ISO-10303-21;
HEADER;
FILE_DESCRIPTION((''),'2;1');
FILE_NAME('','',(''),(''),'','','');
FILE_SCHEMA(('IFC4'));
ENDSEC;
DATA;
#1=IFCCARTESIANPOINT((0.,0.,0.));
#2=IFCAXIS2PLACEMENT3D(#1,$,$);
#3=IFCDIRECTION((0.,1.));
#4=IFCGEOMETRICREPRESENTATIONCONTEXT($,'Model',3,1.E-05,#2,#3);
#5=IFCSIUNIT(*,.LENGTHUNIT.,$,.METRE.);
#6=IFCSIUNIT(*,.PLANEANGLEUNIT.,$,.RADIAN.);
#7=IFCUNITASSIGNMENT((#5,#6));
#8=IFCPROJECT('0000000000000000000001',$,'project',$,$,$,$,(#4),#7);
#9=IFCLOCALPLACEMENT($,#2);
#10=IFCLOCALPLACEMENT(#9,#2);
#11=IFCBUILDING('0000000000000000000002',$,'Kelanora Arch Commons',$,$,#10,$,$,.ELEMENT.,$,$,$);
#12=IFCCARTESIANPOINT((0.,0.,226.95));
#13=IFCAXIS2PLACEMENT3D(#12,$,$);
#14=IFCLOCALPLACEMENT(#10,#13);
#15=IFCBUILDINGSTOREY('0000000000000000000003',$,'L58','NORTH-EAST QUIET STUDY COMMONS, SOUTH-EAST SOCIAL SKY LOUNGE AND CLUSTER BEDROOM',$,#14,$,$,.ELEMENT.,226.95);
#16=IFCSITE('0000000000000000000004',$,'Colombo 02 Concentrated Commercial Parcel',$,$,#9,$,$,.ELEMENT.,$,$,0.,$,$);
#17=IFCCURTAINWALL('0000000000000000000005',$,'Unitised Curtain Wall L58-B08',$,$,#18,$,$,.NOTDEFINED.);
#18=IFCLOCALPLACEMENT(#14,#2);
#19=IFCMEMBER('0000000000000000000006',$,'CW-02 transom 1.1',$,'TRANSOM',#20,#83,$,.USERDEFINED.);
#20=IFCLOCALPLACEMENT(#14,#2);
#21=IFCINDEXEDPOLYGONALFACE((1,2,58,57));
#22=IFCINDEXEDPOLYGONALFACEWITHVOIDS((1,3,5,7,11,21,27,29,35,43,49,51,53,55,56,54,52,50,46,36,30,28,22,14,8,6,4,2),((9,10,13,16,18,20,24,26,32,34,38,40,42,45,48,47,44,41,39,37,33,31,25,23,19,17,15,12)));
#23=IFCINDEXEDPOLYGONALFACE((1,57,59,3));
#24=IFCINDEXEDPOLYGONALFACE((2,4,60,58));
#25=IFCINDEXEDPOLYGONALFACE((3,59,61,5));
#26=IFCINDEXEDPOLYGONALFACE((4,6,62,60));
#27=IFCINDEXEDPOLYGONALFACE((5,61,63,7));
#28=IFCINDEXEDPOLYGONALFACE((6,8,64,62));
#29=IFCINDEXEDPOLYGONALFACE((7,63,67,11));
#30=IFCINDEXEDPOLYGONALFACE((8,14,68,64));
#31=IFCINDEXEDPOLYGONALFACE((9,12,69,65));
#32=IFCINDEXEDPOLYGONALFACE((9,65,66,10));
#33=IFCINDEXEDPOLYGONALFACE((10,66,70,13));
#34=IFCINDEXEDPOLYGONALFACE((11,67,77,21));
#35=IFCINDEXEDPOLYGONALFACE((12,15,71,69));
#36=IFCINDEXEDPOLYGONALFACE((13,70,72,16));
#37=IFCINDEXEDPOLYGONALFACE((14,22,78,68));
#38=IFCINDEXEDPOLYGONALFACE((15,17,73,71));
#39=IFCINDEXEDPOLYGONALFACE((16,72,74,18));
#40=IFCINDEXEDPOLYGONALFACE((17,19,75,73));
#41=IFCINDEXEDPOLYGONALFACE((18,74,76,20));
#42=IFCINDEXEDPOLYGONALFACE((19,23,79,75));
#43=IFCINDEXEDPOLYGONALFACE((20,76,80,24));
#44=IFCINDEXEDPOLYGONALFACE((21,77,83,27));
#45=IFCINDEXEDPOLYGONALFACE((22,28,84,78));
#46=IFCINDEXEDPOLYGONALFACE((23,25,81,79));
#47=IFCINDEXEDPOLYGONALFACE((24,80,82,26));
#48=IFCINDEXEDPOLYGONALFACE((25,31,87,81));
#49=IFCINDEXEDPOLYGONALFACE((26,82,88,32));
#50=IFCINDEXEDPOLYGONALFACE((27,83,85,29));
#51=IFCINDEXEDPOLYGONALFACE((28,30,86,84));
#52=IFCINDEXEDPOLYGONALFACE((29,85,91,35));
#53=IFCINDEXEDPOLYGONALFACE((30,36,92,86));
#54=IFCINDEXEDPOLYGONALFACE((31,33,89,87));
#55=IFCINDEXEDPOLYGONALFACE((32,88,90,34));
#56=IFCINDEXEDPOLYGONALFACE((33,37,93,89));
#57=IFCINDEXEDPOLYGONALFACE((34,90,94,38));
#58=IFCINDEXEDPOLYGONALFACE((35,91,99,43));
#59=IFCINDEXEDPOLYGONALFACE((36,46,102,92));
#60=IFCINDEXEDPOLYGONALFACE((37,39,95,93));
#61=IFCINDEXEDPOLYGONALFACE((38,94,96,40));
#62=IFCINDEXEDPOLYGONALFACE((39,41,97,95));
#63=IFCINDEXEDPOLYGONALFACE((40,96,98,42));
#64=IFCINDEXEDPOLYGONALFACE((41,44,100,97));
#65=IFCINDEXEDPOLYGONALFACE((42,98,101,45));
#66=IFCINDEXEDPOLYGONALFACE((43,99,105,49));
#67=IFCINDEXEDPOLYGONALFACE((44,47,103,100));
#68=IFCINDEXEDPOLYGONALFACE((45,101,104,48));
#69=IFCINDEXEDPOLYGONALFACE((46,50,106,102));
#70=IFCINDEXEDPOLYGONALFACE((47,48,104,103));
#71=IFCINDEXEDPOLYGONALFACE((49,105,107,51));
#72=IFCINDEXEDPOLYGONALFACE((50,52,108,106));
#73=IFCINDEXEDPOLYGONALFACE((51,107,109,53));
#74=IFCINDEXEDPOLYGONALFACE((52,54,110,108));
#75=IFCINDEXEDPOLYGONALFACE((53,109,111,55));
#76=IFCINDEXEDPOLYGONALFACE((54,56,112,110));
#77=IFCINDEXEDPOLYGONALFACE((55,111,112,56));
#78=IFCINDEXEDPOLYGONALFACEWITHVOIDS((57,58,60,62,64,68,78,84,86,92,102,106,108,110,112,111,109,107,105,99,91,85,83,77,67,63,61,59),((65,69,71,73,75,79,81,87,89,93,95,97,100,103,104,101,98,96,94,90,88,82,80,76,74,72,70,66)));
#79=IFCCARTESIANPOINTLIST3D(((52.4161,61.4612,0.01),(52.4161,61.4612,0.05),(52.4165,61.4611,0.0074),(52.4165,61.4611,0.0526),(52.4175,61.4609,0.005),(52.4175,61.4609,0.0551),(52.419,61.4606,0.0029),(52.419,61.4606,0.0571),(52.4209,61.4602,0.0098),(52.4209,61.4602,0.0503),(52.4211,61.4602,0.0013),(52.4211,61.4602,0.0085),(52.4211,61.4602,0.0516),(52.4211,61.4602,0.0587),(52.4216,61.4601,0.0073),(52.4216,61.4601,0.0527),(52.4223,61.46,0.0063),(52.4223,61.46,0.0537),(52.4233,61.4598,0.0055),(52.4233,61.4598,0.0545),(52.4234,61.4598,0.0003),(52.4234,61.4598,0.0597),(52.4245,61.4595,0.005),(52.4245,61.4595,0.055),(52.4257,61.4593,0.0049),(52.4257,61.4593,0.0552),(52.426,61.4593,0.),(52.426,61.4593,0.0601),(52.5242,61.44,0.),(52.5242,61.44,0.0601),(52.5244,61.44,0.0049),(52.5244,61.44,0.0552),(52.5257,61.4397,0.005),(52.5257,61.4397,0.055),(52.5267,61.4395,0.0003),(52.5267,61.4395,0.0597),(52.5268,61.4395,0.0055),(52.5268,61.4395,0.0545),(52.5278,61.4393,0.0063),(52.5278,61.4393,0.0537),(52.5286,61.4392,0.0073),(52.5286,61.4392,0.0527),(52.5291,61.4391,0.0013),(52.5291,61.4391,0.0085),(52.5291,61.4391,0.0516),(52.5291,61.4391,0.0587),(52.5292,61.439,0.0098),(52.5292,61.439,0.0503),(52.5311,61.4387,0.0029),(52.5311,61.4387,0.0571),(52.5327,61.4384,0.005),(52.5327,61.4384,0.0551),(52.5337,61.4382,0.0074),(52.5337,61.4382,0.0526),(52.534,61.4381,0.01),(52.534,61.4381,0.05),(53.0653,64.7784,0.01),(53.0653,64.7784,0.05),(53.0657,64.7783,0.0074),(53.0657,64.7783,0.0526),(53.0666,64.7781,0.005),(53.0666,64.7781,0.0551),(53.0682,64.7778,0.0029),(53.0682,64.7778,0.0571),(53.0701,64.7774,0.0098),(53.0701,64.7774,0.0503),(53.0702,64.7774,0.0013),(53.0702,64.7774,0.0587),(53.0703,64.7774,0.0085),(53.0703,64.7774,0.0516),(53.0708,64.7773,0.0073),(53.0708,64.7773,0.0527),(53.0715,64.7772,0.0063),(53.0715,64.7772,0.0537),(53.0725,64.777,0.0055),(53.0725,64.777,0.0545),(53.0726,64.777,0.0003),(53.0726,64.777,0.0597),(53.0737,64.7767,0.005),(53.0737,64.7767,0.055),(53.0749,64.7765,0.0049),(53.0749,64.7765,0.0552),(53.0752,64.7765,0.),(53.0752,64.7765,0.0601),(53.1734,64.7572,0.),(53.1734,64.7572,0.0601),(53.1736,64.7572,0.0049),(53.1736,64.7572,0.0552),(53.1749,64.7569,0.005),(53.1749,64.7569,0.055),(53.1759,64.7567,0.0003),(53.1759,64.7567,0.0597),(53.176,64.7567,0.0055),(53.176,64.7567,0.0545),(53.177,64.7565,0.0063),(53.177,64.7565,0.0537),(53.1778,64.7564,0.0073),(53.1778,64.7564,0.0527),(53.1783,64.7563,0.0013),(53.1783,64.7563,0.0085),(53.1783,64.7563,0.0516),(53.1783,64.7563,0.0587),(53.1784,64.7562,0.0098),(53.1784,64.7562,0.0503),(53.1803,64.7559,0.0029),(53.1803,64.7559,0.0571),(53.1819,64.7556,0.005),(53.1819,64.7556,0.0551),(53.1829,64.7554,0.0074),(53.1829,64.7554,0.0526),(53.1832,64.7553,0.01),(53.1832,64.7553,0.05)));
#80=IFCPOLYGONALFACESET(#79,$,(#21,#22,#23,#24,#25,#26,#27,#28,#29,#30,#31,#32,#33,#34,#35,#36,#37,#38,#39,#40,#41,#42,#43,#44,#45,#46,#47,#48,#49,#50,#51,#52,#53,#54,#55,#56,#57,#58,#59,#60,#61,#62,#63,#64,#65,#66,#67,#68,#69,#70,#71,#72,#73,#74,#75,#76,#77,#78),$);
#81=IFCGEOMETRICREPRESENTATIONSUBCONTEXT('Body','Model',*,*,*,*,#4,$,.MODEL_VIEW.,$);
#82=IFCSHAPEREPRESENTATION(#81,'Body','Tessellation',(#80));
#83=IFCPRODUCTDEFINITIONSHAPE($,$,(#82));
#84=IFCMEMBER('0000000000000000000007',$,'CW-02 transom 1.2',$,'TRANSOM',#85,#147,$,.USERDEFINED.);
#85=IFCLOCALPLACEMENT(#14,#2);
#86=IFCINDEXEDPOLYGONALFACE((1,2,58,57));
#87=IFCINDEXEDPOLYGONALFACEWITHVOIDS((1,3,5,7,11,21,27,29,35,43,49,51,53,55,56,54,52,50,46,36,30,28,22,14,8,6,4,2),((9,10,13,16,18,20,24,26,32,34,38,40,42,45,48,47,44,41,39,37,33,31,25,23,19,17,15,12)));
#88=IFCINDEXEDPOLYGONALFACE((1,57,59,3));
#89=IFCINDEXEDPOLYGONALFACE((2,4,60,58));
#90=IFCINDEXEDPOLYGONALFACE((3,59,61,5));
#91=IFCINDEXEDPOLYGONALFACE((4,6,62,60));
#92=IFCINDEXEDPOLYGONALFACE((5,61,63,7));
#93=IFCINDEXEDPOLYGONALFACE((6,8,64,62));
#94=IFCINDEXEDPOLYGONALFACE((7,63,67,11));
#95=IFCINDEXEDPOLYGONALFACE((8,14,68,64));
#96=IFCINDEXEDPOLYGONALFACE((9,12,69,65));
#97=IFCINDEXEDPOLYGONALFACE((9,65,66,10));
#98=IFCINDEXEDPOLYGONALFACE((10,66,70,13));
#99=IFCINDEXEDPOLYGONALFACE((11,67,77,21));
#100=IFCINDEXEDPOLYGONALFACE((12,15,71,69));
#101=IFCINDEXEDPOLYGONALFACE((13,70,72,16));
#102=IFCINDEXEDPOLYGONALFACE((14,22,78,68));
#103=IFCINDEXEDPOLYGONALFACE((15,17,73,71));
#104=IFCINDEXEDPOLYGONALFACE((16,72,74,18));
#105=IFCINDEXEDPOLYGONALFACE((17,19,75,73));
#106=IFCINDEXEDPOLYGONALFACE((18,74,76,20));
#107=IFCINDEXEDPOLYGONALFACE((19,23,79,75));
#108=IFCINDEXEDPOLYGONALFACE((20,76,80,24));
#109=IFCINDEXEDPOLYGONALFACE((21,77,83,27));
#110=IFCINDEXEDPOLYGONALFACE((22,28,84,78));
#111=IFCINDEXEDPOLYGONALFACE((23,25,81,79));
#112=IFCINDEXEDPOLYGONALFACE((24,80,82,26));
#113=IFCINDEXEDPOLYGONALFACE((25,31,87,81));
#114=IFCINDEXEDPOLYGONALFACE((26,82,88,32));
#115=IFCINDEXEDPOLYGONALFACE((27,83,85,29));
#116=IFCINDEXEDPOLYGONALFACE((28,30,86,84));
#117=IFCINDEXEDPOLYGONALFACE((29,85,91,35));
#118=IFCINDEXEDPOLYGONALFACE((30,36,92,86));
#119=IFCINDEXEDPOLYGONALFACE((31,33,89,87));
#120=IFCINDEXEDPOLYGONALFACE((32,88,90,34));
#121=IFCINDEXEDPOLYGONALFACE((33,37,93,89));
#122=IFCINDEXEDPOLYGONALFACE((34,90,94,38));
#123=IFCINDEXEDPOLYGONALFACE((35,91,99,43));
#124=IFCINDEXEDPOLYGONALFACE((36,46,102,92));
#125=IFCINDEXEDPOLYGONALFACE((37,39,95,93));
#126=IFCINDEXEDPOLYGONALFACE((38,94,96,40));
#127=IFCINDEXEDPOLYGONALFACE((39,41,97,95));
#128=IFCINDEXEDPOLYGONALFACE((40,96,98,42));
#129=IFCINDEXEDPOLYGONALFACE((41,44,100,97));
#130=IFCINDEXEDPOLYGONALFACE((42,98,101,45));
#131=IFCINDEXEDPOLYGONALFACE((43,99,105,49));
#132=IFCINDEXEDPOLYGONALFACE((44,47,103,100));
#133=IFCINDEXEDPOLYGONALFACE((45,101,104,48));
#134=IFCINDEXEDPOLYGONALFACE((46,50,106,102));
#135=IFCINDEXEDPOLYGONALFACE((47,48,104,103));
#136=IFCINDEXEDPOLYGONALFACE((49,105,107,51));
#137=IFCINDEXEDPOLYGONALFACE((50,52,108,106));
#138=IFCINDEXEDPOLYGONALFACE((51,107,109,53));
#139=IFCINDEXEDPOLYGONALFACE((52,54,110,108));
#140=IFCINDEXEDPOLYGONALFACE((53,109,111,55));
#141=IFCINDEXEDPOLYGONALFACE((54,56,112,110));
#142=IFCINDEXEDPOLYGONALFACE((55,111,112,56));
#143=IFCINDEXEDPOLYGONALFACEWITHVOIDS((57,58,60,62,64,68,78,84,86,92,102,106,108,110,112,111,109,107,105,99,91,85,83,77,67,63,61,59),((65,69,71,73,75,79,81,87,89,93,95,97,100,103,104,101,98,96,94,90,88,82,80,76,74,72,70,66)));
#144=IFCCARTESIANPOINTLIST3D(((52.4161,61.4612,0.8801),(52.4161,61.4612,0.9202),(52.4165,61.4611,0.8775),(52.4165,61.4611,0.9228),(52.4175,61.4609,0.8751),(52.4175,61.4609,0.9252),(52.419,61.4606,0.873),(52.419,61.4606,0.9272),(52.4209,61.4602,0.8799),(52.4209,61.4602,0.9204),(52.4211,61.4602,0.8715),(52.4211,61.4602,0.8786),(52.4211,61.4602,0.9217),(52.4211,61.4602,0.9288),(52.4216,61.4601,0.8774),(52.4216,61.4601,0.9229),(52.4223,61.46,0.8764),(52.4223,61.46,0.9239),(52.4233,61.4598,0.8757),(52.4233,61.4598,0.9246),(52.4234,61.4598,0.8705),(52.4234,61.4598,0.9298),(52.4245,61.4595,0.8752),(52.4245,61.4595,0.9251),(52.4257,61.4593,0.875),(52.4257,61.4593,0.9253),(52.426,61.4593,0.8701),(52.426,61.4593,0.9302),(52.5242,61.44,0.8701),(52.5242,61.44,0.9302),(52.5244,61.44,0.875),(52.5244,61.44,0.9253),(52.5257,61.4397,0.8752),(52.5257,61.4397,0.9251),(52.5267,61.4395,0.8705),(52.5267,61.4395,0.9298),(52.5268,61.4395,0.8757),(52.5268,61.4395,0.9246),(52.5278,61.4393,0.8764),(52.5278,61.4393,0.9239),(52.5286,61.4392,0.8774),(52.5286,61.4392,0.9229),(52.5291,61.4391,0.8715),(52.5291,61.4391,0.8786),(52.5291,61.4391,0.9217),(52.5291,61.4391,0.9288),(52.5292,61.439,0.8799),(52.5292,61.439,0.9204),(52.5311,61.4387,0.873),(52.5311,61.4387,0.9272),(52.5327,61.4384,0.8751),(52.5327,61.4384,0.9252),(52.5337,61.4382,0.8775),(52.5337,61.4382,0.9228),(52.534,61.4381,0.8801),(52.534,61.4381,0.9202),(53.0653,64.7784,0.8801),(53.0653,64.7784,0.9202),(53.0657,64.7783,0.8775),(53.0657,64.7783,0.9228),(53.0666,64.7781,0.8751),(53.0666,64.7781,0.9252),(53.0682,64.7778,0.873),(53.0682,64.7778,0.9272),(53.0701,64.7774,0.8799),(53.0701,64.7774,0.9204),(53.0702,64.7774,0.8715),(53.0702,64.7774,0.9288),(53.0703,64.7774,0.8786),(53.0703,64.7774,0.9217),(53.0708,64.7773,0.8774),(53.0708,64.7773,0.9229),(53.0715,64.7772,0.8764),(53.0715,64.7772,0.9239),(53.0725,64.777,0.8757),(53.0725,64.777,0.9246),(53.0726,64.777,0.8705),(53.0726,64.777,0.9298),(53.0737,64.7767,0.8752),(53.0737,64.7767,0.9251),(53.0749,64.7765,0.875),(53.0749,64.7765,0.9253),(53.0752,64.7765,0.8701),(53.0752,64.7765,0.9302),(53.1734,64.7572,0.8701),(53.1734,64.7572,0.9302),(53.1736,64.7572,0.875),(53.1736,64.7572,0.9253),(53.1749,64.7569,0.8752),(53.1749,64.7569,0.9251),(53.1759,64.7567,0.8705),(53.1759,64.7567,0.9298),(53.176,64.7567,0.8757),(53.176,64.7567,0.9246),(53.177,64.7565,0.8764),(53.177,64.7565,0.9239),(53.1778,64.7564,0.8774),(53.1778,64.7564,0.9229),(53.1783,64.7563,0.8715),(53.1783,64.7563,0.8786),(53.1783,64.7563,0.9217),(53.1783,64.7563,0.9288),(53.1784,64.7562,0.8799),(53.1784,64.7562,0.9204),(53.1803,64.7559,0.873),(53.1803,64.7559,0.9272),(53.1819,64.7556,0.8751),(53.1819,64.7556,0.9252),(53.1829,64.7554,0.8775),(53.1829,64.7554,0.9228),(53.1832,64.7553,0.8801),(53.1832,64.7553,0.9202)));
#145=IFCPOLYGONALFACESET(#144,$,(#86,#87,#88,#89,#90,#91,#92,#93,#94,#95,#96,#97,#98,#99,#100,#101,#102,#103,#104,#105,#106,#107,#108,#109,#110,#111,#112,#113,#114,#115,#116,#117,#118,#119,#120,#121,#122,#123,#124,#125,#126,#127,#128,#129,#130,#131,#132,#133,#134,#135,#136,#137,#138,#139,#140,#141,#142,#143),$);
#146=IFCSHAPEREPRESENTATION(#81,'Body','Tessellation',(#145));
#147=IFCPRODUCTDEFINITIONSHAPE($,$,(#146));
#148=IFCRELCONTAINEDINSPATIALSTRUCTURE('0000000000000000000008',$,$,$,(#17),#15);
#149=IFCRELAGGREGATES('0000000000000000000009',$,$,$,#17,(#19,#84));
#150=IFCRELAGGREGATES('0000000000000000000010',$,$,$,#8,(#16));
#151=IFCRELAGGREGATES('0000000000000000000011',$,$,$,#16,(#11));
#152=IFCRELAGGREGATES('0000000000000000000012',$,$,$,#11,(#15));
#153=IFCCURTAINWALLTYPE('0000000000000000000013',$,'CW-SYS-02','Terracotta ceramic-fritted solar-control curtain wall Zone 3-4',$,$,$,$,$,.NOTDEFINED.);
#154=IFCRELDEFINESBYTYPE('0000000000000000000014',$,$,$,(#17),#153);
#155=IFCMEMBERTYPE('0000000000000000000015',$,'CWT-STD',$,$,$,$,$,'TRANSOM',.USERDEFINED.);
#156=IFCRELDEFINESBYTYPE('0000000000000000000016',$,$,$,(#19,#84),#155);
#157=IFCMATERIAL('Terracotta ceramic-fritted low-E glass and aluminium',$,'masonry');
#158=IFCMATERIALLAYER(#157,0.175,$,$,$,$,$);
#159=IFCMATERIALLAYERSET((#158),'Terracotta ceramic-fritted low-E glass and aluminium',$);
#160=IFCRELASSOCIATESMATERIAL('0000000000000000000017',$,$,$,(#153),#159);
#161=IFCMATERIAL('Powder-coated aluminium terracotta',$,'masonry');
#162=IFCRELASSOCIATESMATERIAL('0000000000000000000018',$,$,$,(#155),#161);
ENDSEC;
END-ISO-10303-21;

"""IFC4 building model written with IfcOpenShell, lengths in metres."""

from ifc_helpers import new_model, si_unit, direction, frame, origin, origin_2d, place, context, subcontext, project, spatial, hollow_rectangle, extrude, material, layer, layer_set, material_profile, profile_set, type_object, element, aggregate, save


model = new_model("IFC4")

# Units and contexts
model_context = context("Model", 3, precision=1e-05, world=origin(), true_north=direction((0.0, 1.0)))
body_context = subcontext(model_context, "Body", "Model", "MODEL_VIEW")
ifc_project = project(units=[si_unit("LENGTHUNIT", "METRE"), si_unit("PLANEANGLEUNIT", "RADIAN")], contexts=[model_context])

# Site, building, storey
site_placement = place(None, origin())
site = spatial("IfcSite", under=ifc_project, at=site_placement, Name="Colombo 02 Concentrated Commercial Parcel", CompositionType="ELEMENT", RefElevation=0.0)
building_placement = place(site_placement, origin())
building = spatial("IfcBuilding", under=site, at=building_placement, Name="Kelanora Arch Commons", CompositionType="ELEMENT")
storey_placement = place(building_placement, frame((0.0, 0.0, 226.95)))
storey = spatial("IfcBuildingStorey", under=building, at=storey_placement, Name="L58", Description="NORTH-EAST QUIET STUDY COMMONS, SOUTH-EAST SOCIAL SKY LOUNGE AND CLUSTER BEDROOM", CompositionType="ELEMENT", Elevation=226.95)

# Curtain wall, members
ifc_material_1 = material(Name="Terracotta ceramic-fritted low-E glass and aluminium", Category="masonry")
ifc_layer_1 = layer(ifc_material_1, 0.175)
ifc_layer_set_1 = layer_set([ifc_layer_1], Name="Terracotta ceramic-fritted low-E glass and aluminium")
curtain_wall_type = type_object("IfcCurtainWallType", Name="CW-SYS-02", Description="Terracotta ceramic-fritted solar-control curtain wall Zone 3-4", PredefinedType="NOTDEFINED", material=ifc_layer_set_1)
curtain_wall_placement = place(storey_placement, origin())
curtain_wall = element("IfcCurtainWall", 1, at=curtain_wall_placement, inside=storey, type_object=curtain_wall_type, Name="Unitised Curtain Wall L58-B08", PredefinedType="NOTDEFINED")
ifc_material_2 = material(Name="Powder-coated aluminium terracotta", Category="masonry")
ifc_material_profile_1 = material_profile(ifc_material_2, hollow_rectangle(XDim=0.1201, YDim=0.0601, WallThickness=0.0049, InnerFilletRadius=0.0049, OuterFilletRadius=0.01, at=origin_2d()), Name="CWT120x60")
ifc_profile_set_1 = profile_set([ifc_material_profile_1], Name="Powder-coated aluminium terracotta")
member_type_1 = type_object("IfcMemberType", Name="CWT-STD", ElementType="TRANSOM", PredefinedType="USERDEFINED", material=ifc_profile_set_1)
member_1_placement = place(storey_placement, frame((53.1243, 64.7668, 0.03), z_axis=(-0.192058, -0.981383, 0.0), x_axis=(0.981383, -0.192058, 0.0)))
member_1 = element("IfcMember", 2, at=member_1_placement, type_object=member_type_1, Name="CW-02 transom 1.1", ObjectType="TRANSOM", PredefinedType="USERDEFINED", context=body_context, shape_type="SweptSolid", body=[
    extrude(hollow_rectangle(XDim=0.1201, YDim=0.0601, WallThickness=0.0049, InnerFilletRadius=0.0049, OuterFilletRadius=0.01, at=origin_2d()), origin(), (0.0, 0.0, 1.0), 3.3801),
])
member_2_placement = place(storey_placement, frame((53.1243, 64.7668, 0.9001), z_axis=(-0.192058, -0.981383, 0.0), x_axis=(0.981383, -0.192058, 0.0)))
member_2 = element("IfcMember", 3, at=member_2_placement, type_object=member_type_1, Name="CW-02 transom 1.2", ObjectType="TRANSOM", PredefinedType="USERDEFINED", context=body_context, shape_type="SweptSolid", body=[
    extrude(hollow_rectangle(XDim=0.1201, YDim=0.0601, WallThickness=0.0049, InnerFilletRadius=0.0049, OuterFilletRadius=0.01, at=origin_2d()), origin(), (0.0, 0.0, 1.0), 3.3801),
])
aggregate(curtain_wall, [member_1, member_2])

save(model, "model.ifc")
